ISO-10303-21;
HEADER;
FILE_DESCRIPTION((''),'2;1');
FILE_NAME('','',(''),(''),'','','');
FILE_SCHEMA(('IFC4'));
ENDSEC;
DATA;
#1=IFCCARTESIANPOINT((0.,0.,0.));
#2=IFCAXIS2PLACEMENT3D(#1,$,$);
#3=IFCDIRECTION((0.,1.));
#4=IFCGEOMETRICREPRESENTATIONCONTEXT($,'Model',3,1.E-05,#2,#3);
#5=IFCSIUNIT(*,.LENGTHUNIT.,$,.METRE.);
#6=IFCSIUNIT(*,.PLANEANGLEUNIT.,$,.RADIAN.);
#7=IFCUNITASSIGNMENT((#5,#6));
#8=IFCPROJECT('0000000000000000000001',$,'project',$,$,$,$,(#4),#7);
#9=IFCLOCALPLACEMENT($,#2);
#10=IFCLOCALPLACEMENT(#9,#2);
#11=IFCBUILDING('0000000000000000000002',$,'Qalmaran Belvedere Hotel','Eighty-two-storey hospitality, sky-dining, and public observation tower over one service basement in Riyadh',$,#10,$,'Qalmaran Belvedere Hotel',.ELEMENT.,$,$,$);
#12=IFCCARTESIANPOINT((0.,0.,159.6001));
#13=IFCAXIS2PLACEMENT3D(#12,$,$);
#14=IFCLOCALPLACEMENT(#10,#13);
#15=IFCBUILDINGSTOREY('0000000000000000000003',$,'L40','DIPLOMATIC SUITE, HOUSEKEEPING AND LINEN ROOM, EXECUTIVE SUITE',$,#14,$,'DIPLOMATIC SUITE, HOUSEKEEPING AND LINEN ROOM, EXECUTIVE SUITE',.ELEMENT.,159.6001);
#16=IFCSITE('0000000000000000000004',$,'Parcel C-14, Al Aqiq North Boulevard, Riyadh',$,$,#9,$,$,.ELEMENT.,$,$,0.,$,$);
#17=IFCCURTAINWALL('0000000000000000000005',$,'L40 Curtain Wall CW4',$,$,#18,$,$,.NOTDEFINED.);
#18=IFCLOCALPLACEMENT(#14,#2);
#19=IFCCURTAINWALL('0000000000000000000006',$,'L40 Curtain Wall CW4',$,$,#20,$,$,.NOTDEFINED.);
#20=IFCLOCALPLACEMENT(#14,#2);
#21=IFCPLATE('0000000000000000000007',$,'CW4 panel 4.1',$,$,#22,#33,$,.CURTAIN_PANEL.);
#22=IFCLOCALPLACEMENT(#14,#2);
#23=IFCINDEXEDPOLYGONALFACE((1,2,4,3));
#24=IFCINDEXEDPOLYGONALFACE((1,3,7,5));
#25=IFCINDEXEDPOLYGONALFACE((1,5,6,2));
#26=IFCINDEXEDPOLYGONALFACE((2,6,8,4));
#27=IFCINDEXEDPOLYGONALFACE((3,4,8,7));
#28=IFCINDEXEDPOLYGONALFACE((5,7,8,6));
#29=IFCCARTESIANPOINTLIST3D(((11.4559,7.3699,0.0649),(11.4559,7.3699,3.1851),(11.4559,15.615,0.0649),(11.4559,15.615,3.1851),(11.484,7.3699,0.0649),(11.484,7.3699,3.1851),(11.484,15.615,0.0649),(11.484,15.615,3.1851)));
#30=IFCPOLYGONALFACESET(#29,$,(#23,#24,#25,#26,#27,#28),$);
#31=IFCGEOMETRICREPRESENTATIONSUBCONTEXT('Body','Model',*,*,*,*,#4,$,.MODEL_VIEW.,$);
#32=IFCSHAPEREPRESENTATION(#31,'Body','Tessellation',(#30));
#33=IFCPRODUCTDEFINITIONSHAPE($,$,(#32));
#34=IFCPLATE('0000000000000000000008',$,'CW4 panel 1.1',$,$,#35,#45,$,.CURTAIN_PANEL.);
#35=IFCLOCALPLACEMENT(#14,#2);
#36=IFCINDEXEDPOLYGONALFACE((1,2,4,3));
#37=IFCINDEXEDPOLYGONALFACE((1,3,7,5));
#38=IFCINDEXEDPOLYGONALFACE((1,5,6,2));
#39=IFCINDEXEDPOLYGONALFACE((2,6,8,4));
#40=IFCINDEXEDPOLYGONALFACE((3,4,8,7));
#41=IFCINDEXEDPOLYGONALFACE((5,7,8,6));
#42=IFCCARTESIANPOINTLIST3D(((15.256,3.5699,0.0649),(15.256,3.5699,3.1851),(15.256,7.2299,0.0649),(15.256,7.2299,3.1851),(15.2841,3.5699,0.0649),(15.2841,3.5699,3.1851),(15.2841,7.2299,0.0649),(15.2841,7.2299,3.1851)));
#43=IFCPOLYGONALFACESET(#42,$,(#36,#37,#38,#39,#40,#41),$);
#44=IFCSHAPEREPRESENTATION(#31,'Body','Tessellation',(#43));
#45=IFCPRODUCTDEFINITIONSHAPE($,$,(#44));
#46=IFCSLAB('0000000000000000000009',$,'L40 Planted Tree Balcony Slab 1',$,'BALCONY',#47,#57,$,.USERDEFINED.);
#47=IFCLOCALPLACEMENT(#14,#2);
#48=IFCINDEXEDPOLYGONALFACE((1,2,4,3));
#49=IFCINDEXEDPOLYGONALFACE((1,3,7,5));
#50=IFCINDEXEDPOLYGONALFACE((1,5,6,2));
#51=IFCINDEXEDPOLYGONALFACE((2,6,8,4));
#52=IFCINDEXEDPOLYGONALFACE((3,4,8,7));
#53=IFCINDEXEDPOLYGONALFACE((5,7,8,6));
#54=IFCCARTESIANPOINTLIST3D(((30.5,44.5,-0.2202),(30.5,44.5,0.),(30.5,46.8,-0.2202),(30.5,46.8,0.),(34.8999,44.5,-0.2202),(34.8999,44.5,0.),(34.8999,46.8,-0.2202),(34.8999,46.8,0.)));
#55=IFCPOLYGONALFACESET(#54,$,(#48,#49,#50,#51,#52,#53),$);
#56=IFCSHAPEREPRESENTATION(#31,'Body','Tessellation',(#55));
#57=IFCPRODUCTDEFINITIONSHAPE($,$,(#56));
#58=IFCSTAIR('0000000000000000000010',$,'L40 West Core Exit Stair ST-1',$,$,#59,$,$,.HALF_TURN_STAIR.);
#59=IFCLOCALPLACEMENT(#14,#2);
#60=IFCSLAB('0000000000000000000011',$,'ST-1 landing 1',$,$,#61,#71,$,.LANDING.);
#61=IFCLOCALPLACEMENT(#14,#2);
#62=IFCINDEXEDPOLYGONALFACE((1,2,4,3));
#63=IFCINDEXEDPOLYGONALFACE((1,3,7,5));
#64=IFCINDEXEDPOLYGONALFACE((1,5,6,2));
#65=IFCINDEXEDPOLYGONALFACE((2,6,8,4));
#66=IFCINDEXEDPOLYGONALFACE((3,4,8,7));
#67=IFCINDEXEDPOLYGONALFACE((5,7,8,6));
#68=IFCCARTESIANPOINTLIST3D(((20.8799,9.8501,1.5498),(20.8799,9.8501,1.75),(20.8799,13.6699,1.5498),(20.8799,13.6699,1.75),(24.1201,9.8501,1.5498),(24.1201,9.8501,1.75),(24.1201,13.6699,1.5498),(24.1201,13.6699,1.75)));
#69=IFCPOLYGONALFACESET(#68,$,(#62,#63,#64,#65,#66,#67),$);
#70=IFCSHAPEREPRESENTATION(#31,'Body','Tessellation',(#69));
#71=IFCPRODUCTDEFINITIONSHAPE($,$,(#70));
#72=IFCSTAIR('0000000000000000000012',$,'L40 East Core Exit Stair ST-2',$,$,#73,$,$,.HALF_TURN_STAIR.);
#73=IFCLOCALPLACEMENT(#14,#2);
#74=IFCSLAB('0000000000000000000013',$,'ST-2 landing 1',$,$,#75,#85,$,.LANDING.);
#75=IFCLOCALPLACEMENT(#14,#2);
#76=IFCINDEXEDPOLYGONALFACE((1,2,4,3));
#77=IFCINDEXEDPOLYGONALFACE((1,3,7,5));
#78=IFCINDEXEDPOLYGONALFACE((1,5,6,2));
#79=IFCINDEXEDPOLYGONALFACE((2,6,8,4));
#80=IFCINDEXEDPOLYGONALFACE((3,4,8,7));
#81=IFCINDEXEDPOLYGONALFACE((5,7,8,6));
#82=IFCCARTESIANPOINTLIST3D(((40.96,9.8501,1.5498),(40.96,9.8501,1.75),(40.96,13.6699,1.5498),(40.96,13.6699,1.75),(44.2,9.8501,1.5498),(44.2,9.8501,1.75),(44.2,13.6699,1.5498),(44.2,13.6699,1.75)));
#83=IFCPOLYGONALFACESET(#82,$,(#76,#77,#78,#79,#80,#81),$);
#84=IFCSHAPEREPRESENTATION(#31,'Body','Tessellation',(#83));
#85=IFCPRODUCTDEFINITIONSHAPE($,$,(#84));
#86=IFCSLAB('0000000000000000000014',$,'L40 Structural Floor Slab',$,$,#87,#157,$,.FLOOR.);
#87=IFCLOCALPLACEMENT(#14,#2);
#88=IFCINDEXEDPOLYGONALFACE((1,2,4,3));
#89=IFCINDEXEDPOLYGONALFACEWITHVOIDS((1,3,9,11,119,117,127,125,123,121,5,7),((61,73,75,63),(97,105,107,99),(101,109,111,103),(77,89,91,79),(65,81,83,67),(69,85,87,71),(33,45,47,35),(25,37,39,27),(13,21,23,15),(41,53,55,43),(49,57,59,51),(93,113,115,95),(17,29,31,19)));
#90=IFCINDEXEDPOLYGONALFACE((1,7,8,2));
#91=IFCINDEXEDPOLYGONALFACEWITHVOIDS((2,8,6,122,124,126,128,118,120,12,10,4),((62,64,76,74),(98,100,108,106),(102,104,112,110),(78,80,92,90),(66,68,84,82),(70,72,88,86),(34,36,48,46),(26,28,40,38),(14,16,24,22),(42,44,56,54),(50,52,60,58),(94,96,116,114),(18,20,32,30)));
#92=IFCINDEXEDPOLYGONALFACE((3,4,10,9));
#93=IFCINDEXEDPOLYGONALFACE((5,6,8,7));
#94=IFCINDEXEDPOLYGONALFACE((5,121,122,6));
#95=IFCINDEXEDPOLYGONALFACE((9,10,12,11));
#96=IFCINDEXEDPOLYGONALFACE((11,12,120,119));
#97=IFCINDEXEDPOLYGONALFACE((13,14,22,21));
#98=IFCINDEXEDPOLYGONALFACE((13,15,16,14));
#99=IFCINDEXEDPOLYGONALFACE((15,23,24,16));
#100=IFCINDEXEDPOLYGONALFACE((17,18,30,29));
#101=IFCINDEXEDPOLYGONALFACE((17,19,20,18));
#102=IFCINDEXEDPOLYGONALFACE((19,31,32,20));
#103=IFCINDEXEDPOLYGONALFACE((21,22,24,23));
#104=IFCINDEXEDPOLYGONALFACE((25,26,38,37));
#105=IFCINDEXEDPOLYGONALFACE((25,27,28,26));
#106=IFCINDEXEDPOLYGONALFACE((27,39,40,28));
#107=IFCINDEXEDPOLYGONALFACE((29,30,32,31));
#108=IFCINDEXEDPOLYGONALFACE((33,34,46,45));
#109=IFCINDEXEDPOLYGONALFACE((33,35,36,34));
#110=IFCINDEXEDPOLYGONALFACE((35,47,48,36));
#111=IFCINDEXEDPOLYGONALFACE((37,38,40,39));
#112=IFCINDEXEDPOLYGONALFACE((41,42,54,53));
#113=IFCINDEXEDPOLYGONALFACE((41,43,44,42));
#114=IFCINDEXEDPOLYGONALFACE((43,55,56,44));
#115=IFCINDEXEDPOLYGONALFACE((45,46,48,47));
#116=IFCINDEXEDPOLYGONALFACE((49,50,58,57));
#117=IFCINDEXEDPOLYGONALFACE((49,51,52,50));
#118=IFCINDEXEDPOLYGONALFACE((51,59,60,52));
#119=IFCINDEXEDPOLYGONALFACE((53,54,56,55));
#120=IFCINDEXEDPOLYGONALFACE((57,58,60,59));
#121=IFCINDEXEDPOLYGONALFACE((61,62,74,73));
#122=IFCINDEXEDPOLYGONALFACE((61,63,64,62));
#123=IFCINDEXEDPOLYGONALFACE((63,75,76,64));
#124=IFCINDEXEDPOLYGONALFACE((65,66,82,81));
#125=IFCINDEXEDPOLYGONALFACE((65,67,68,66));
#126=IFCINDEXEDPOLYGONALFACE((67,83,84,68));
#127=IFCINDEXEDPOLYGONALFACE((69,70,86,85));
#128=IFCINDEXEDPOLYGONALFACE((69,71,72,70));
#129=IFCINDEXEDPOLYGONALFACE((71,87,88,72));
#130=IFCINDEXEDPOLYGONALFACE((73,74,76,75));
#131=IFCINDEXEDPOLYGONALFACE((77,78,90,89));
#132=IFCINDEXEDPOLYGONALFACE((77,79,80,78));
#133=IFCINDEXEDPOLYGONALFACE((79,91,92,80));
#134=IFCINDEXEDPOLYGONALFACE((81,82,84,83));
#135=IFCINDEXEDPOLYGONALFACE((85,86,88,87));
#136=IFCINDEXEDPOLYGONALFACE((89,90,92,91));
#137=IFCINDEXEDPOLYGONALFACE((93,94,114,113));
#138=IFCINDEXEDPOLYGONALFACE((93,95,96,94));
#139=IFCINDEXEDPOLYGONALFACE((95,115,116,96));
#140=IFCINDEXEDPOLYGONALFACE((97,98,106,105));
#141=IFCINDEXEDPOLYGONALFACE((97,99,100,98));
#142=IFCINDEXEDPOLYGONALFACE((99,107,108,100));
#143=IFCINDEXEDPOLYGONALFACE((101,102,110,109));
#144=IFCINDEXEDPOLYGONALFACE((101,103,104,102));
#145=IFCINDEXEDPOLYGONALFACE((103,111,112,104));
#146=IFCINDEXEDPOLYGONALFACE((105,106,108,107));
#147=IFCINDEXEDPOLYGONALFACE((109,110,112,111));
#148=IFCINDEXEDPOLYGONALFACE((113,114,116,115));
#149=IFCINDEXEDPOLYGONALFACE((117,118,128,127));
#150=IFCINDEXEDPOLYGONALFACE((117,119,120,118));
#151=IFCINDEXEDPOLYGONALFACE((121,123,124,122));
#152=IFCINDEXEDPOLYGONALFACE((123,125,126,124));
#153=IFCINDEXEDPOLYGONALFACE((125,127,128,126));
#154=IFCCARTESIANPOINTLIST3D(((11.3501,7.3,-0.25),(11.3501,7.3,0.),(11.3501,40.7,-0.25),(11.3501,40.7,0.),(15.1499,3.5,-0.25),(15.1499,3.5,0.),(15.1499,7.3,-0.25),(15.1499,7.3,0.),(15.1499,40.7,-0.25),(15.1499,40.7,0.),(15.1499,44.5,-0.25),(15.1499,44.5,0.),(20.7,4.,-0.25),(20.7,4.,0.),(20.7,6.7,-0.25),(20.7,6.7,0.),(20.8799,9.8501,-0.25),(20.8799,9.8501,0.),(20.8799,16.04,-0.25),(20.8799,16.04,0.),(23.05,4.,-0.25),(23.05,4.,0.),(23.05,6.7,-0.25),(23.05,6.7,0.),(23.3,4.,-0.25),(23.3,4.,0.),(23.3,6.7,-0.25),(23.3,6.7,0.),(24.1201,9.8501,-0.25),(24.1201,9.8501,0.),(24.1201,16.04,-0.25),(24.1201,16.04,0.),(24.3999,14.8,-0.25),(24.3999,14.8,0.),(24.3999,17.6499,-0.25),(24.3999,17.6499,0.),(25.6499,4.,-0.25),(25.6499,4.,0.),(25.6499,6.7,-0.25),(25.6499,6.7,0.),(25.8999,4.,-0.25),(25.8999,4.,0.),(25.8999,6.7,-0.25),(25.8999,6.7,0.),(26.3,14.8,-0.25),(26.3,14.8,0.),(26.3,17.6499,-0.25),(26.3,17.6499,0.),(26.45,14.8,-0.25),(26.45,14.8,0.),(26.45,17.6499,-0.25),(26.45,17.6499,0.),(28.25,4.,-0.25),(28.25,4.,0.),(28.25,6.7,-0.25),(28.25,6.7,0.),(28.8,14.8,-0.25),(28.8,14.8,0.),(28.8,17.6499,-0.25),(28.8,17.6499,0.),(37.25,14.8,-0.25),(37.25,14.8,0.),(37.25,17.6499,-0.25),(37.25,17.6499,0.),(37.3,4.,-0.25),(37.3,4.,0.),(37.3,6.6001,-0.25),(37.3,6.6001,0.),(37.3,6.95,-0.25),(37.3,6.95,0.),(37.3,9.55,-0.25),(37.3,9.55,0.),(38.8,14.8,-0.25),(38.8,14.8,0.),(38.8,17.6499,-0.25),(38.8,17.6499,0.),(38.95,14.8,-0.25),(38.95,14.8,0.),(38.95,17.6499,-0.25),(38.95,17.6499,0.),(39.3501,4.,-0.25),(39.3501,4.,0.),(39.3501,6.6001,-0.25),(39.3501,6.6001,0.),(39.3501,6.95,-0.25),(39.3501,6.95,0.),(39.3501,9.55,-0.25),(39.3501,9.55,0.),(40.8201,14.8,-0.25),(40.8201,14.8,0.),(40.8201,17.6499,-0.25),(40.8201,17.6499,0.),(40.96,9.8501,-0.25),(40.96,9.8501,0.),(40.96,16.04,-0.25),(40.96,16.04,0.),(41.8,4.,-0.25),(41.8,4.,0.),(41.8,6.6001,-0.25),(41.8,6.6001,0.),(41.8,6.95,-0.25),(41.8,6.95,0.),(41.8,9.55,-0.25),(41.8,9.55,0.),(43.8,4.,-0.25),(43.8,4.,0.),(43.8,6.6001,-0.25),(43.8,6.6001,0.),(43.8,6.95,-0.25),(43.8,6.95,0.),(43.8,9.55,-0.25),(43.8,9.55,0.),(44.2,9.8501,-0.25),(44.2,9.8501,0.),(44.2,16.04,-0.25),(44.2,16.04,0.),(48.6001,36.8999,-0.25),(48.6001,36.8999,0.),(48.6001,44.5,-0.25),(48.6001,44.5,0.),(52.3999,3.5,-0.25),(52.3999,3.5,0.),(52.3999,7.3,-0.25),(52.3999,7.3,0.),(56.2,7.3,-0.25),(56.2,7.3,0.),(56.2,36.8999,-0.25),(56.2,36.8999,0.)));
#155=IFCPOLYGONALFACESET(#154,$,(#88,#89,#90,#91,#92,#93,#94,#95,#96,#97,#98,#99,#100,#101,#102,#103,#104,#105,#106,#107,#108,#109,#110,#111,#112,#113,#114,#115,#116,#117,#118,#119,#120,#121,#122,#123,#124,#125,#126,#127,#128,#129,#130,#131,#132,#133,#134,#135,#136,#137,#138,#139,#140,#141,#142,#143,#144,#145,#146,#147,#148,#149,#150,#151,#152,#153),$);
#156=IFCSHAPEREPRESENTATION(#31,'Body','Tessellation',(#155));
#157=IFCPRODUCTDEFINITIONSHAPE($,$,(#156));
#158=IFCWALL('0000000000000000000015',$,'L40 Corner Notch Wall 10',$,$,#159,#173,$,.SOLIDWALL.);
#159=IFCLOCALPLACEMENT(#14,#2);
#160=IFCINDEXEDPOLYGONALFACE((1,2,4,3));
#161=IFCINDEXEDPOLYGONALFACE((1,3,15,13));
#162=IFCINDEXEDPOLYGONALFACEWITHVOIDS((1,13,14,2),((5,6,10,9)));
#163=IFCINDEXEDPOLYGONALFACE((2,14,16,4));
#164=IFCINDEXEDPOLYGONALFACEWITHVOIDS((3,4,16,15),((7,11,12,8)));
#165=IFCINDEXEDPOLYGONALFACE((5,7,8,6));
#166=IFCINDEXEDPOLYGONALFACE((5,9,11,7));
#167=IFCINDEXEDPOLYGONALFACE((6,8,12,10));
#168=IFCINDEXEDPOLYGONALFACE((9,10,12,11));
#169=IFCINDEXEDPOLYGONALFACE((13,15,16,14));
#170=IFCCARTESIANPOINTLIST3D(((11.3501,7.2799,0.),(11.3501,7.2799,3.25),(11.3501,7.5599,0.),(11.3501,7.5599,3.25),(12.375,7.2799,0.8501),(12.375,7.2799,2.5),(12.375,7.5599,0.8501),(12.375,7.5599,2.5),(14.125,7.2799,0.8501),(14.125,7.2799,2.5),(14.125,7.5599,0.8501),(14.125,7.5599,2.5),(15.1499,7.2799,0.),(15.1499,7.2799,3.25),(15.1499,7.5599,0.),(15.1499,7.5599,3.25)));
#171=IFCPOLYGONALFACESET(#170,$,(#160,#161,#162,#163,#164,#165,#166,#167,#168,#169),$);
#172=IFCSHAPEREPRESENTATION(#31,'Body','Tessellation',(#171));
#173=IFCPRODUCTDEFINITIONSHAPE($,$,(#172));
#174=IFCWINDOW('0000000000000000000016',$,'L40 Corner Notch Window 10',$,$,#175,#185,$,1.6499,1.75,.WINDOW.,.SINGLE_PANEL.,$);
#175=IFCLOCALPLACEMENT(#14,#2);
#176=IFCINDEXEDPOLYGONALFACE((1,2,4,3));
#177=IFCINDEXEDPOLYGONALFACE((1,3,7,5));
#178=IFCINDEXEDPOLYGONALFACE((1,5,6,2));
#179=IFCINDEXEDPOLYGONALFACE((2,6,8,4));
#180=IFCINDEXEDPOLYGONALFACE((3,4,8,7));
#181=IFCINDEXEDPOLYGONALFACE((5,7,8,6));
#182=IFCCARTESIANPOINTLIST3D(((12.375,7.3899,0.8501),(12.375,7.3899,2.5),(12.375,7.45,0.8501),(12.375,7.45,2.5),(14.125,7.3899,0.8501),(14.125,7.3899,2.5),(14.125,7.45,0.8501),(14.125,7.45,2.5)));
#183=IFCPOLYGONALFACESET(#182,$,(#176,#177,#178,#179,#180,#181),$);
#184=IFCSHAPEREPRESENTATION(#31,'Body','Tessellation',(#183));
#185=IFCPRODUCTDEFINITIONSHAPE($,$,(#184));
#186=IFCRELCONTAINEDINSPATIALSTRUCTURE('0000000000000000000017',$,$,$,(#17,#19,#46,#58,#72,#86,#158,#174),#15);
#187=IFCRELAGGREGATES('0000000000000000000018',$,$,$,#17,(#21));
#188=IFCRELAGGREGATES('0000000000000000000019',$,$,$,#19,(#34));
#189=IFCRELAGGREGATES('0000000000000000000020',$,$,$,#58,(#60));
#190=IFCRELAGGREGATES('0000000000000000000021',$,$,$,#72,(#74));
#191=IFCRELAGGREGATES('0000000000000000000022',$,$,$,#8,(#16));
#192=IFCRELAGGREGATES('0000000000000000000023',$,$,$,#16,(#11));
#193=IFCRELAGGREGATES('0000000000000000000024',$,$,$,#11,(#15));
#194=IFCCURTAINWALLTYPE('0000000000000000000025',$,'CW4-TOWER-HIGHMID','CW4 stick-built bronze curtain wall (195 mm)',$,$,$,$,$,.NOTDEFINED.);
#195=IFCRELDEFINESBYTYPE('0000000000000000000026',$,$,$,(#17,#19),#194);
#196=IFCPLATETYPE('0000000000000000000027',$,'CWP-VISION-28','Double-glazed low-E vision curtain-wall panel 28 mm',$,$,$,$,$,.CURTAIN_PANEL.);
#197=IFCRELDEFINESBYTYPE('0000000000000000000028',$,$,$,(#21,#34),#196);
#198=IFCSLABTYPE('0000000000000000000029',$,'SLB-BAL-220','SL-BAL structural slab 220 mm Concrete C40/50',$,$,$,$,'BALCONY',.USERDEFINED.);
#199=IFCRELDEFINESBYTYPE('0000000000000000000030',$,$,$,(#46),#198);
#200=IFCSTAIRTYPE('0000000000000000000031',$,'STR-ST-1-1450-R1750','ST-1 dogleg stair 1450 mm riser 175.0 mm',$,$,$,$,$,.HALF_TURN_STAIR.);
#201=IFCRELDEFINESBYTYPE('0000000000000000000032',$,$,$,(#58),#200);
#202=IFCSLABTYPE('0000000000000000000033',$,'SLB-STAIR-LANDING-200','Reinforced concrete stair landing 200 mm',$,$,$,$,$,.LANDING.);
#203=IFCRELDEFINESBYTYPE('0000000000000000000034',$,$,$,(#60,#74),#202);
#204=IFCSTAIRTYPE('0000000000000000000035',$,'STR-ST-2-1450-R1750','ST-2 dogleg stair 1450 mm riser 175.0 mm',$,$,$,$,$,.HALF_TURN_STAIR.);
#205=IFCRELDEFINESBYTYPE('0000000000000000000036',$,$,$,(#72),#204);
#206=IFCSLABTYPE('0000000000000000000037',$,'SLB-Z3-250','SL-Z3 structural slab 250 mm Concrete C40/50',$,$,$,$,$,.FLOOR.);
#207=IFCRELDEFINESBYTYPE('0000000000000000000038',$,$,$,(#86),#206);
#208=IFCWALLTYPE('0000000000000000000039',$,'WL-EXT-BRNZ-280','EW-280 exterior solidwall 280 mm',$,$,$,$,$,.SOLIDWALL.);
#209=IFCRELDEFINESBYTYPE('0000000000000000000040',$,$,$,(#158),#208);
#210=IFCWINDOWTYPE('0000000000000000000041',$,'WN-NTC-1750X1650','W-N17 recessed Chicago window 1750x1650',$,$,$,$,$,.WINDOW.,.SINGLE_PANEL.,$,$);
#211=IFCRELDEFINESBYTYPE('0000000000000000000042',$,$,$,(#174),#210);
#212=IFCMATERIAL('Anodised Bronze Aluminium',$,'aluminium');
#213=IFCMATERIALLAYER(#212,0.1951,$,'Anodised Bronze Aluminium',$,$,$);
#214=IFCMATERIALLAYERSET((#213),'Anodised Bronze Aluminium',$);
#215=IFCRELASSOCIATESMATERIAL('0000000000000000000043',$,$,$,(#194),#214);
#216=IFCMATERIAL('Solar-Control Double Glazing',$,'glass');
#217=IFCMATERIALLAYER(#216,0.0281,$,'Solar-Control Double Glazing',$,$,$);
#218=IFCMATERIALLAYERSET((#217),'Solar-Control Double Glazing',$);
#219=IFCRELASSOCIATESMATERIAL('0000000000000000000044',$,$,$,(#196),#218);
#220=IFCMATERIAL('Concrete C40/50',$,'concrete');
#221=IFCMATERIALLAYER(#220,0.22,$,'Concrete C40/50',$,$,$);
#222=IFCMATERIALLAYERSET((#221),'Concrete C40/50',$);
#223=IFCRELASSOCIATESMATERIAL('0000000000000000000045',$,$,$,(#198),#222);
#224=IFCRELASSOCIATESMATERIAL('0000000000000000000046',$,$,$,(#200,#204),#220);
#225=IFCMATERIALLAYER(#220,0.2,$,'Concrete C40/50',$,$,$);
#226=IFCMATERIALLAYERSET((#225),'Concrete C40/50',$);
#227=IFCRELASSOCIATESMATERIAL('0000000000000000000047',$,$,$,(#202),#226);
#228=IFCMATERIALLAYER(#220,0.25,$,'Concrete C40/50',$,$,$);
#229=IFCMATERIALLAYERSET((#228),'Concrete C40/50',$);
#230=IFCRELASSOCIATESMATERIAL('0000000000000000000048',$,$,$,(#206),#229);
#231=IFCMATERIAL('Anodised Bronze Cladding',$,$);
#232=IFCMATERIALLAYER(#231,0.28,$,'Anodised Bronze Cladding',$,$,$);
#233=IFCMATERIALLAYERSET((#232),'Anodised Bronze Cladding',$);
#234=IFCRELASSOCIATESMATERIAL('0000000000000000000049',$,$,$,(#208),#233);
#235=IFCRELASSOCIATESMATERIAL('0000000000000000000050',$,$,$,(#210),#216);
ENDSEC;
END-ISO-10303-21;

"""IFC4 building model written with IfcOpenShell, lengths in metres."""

from ifc_helpers import new_model, si_unit, direction, frame, frame_2d, origin, origin_2d, place, context, subcontext, project, spatial, polyline, rectangle, outline, extrude, material, layer, layer_set, type_object, element, fill, aggregate, save


model = new_model("IFC4")

# Units and contexts
model_context = context("Model", 3, precision=1e-05, world=origin(), true_north=direction((0.0, 1.0)))
body_context = subcontext(model_context, "Body", "Model", "MODEL_VIEW")
ifc_project = project(units=[si_unit("LENGTHUNIT", "METRE"), si_unit("PLANEANGLEUNIT", "RADIAN")], contexts=[model_context])

# Site, building, storey
site_placement = place(None, origin())
site = spatial("IfcSite", under=ifc_project, at=site_placement, Name="Parcel C-14, Al Aqiq North Boulevard, Riyadh", CompositionType="ELEMENT", RefElevation=0.0)
building_placement = place(site_placement, origin())
building = spatial("IfcBuilding", under=site, at=building_placement, Name="Qalmaran Belvedere Hotel", Description="Eighty-two-storey hospitality, sky-dining, and public observation tower over one service basement in Riyadh", LongName="Qalmaran Belvedere Hotel", CompositionType="ELEMENT")
storey_placement = place(building_placement, frame((0.0, 0.0, 159.6001)))
storey = spatial("IfcBuildingStorey", under=building, at=storey_placement, Name="L40", Description="DIPLOMATIC SUITE, HOUSEKEEPING AND LINEN ROOM, EXECUTIVE SUITE", LongName="DIPLOMATIC SUITE, HOUSEKEEPING AND LINEN ROOM, EXECUTIVE SUITE", CompositionType="ELEMENT", Elevation=159.6001)

# Shared definitions
ifc_material_1 = material(Name="Anodised Bronze Aluminium", Category="aluminium")
ifc_layer_1 = layer(ifc_material_1, 0.1951, Name="Anodised Bronze Aluminium")
ifc_layer_set_1 = layer_set([ifc_layer_1], Name="Anodised Bronze Aluminium")
curtain_wall_type = type_object("IfcCurtainWallType", Name="CW4-TOWER-HIGHMID", Description="CW4 stick-built bronze curtain wall (195 mm)", PredefinedType="NOTDEFINED", material=ifc_layer_set_1)

# Curtain wall
curtain_wall_1_placement = place(storey_placement, origin())
curtain_wall_1 = element("IfcCurtainWall", 1, at=curtain_wall_1_placement, inside=storey, type_object=curtain_wall_type, Name="L40 Curtain Wall CW4", PredefinedType="NOTDEFINED")

# Curtain wall
curtain_wall_2_placement = place(storey_placement, origin())
curtain_wall_2 = element("IfcCurtainWall", 2, at=curtain_wall_2_placement, inside=storey, type_object=curtain_wall_type, Name="L40 Curtain Wall CW4", PredefinedType="NOTDEFINED")

# Plates
ifc_material_2 = material(Name="Solar-Control Double Glazing", Category="glass")
ifc_layer_2 = layer(ifc_material_2, 0.0281, Name="Solar-Control Double Glazing")
ifc_layer_set_2 = layer_set([ifc_layer_2], Name="Solar-Control Double Glazing")
plate_type = type_object("IfcPlateType", Name="CWP-VISION-28", Description="Double-glazed low-E vision curtain-wall panel 28 mm", PredefinedType="CURTAIN_PANEL", material=ifc_layer_set_2)
plate_1_placement = place(storey_placement, frame((11.47, 11.4924, 0.0649), z_axis=(0.0, 0.0, 1.0), x_axis=(0.0, -1.0, 0.0)))
plate_1 = element("IfcPlate", 3, at=plate_1_placement, type_object=plate_type, Name="CW4 panel 4.1", PredefinedType="CURTAIN_PANEL", context=body_context, shape_type="SweptSolid", body=[
    extrude(rectangle(XDim=8.2451, YDim=0.0281, at=origin_2d()), origin(), (0.0, 0.0, 1.0), 3.1201),
])
aggregate(curtain_wall_1, [plate_1])
plate_2_placement = place(storey_placement, frame((15.27, 5.3999, 0.0649), z_axis=(0.0, 0.0, 1.0), x_axis=(0.0, -1.0, 0.0)))
plate_2 = element("IfcPlate", 4, at=plate_2_placement, type_object=plate_type, Name="CW4 panel 1.1", PredefinedType="CURTAIN_PANEL", context=body_context, shape_type="SweptSolid", body=[
    extrude(rectangle(XDim=3.6599, YDim=0.0281, at=origin_2d()), origin(), (0.0, 0.0, 1.0), 3.1201),
])
aggregate(curtain_wall_2, [plate_2])

# Slab
ifc_material_3 = material(Name="Concrete C40/50", Category="concrete")
ifc_layer_3 = layer(ifc_material_3, 0.22, Name="Concrete C40/50")
ifc_layer_set_3 = layer_set([ifc_layer_3], Name="Concrete C40/50")
slab_type_1 = type_object("IfcSlabType", Name="SLB-BAL-220", Description="SL-BAL structural slab 220 mm Concrete C40/50", ElementType="BALCONY", PredefinedType="USERDEFINED", material=ifc_layer_set_3)
slab_1_placement = place(storey_placement, frame((0.0, 0.0, -0.2202)))
element("IfcSlab", 5, at=slab_1_placement, inside=storey, type_object=slab_type_1, Name="L40 Planted Tree Balcony Slab 1", ObjectType="BALCONY", PredefinedType="USERDEFINED", context=body_context, shape_type="SweptSolid", body=[
    extrude(outline(polyline([(30.5, 44.5), (34.8999, 44.5), (34.8999, 46.8), (30.5, 46.8), (30.5, 44.5)])), origin(), (0.0, 0.0, 1.0), 0.2202),
])

# Stairs, slabs
stair_type_1 = type_object("IfcStairType", Name="STR-ST-1-1450-R1750", Description="ST-1 dogleg stair 1450 mm riser 175.0 mm", PredefinedType="HALF_TURN_STAIR", material=ifc_material_3)
stair_1_placement = place(storey_placement, origin())
stair_1 = element("IfcStair", 6, at=stair_1_placement, inside=storey, type_object=stair_type_1, Name="L40 West Core Exit Stair ST-1", PredefinedType="HALF_TURN_STAIR")
ifc_layer_4 = layer(ifc_material_3, 0.2, Name="Concrete C40/50")
ifc_layer_set_4 = layer_set([ifc_layer_4], Name="Concrete C40/50")
slab_type_2 = type_object("IfcSlabType", Name="SLB-STAIR-LANDING-200", Description="Reinforced concrete stair landing 200 mm", PredefinedType="LANDING", material=ifc_layer_set_4)
slab_2_placement = place(storey_placement, frame((0.0, 0.0, 1.5498)))
slab_2 = element("IfcSlab", 7, at=slab_2_placement, type_object=slab_type_2, Name="ST-1 landing 1", PredefinedType="LANDING", context=body_context, shape_type="SweptSolid", body=[
    extrude(outline(polyline([(20.8799, 13.6699), (20.8799, 9.8501), (24.1201, 9.8501), (24.1201, 13.6699), (20.8799, 13.6699)])), origin(), (0.0, 0.0, 1.0), 0.2002),
])
aggregate(stair_1, [slab_2])
stair_type_2 = type_object("IfcStairType", Name="STR-ST-2-1450-R1750", Description="ST-2 dogleg stair 1450 mm riser 175.0 mm", PredefinedType="HALF_TURN_STAIR", material=ifc_material_3)
stair_2_placement = place(storey_placement, origin())
stair_2 = element("IfcStair", 8, at=stair_2_placement, inside=storey, type_object=stair_type_2, Name="L40 East Core Exit Stair ST-2", PredefinedType="HALF_TURN_STAIR")
slab_3_placement = place(storey_placement, frame((0.0, 0.0, 1.5498)))
slab_3 = element("IfcSlab", 9, at=slab_3_placement, type_object=slab_type_2, Name="ST-2 landing 1", PredefinedType="LANDING", context=body_context, shape_type="SweptSolid", body=[
    extrude(outline(polyline([(40.96, 13.6699), (40.96, 9.8501), (44.2, 9.8501), (44.2, 13.6699), (40.96, 13.6699)])), origin(), (0.0, 0.0, 1.0), 0.2002),
])
aggregate(stair_2, [slab_3])

# Slab
ifc_layer_5 = layer(ifc_material_3, 0.25, Name="Concrete C40/50")
ifc_layer_set_5 = layer_set([ifc_layer_5], Name="Concrete C40/50")
slab_type_3 = type_object("IfcSlabType", Name="SLB-Z3-250", Description="SL-Z3 structural slab 250 mm Concrete C40/50", PredefinedType="FLOOR", material=ifc_layer_set_5)
slab_4_placement = place(storey_placement, frame((0.0, 0.0, -0.25)))
element("IfcSlab", 10, at=slab_4_placement, inside=storey, type_object=slab_type_3, Name="L40 Structural Floor Slab", PredefinedType="FLOOR", context=body_context, shape_type="SweptSolid", body=[
    extrude(outline(polyline([(15.1499, 3.5), (52.3999, 3.5), (52.3999, 7.3), (56.2, 7.3), (56.2, 36.8999), (48.6001, 36.8999), (48.6001, 44.5), (15.1499, 44.5), (15.1499, 40.7), (11.3501, 40.7), (11.3501, 7.3), (15.1499, 7.3), (15.1499, 3.5)]), holes=[polyline([(20.8799, 9.8501), (24.1201, 9.8501), (24.1201, 16.04), (20.8799, 16.04), (20.8799, 9.8501)]), polyline([(40.96, 9.8501), (44.2, 9.8501), (44.2, 16.04), (40.96, 16.04), (40.96, 9.8501)]), polyline([(37.3, 4.0), (39.3501, 4.0), (39.3501, 6.6001), (37.3, 6.6001), (37.3, 4.0)]), polyline([(37.3, 6.95), (39.3501, 6.95), (39.3501, 9.55), (37.3, 9.55), (37.3, 6.95)]), polyline([(41.8, 4.0), (43.8, 4.0), (43.8, 6.6001), (41.8, 6.6001), (41.8, 4.0)]), polyline([(41.8, 6.95), (43.8, 6.95), (43.8, 9.55), (41.8, 9.55), (41.8, 6.95)]), polyline([(20.7, 4.0), (23.05, 4.0), (23.05, 6.7), (20.7, 6.7), (20.7, 4.0)]), polyline([(23.3, 4.0), (25.6499, 4.0), (25.6499, 6.7), (23.3, 6.7), (23.3, 4.0)]), polyline([(25.8999, 4.0), (28.25, 4.0), (28.25, 6.7), (25.8999, 6.7), (25.8999, 4.0)]), polyline([(24.3999, 14.8), (26.3, 14.8), (26.3, 17.6499), (24.3999, 17.6499), (24.3999, 14.8)]), polyline([(38.95, 14.8), (40.8201, 14.8), (40.8201, 17.6499), (38.95, 17.6499), (38.95, 14.8)]), polyline([(26.45, 14.8), (28.8, 14.8), (28.8, 17.6499), (26.45, 17.6499), (26.45, 14.8)]), polyline([(37.25, 14.8), (38.8, 14.8), (38.8, 17.6499), (37.25, 17.6499), (37.25, 14.8)])]), origin(), (0.0, 0.0, 1.0), 0.25),
])

# Wall, opening, window
ifc_material_4 = material(Name="Anodised Bronze Cladding")
ifc_layer_6 = layer(ifc_material_4, 0.28, Name="Anodised Bronze Cladding")
ifc_layer_set_6 = layer_set([ifc_layer_6], Name="Anodised Bronze Cladding")
wall_type_1 = type_object("IfcWallType", Name="WL-EXT-BRNZ-280", Description="EW-280 exterior solidwall 280 mm", PredefinedType="SOLIDWALL", material=ifc_layer_set_6)
wall_1_placement = place(storey_placement, frame((11.3501, 7.4199, 0.0), z_axis=(0.0, 0.0, 1.0), x_axis=(1.0, 0.0, 0.0)))
wall_1 = element("IfcWall", 11, at=wall_1_placement, inside=storey, type_object=wall_type_1, Name="L40 Corner Notch Wall 10", PredefinedType="SOLIDWALL", context=body_context, shape_type="SweptSolid", body=[
    extrude(rectangle(XDim=3.7998, YDim=0.28, at=frame_2d((1.8999, 0.0))), origin(), (0.0, 0.0, 1.0), 3.25),
])
opening_placement = place(wall_1_placement, frame((1.0249, 0.0, 0.8501)))
opening = element("IfcOpeningElement", 12, at=opening_placement, cuts=wall_1, PredefinedType="OPENING", context=body_context, shape_type="SweptSolid", body=[
    extrude(rectangle(XDim=1.75, YDim=1.6499, at=frame_2d((0.875, 0.825))), frame((0.0, 0.1499, 0.0), z_axis=(0.0, -1.0, 0.0), x_axis=(1.0, 0.0, 0.0)), (0.0, 0.0, 1.0), 0.3),
])
window_type = type_object("IfcWindowType", Name="WN-NTC-1750X1650", Description="W-N17 recessed Chicago window 1750x1650", PartitioningType="SINGLE_PANEL", PredefinedType="WINDOW", material=ifc_material_2)
window_placement = place(opening_placement, origin())
window = element("IfcWindow", 13, at=window_placement, inside=storey, type_object=window_type, Name="L40 Corner Notch Window 10", OverallHeight=1.6499, OverallWidth=1.75, PartitioningType="SINGLE_PANEL", PredefinedType="WINDOW", context=body_context, shape_type="SweptSolid", body=[
    extrude(rectangle(XDim=1.75, YDim=1.6499, at=frame_2d((0.875, 0.825))), frame((0.0, 0.03, 0.0), z_axis=(0.0, -1.0, 0.0), x_axis=(1.0, 0.0, 0.0)), (0.0, 0.0, 1.0), 0.0601),
])
fill(opening, window)

save(model, "model.ifc")
